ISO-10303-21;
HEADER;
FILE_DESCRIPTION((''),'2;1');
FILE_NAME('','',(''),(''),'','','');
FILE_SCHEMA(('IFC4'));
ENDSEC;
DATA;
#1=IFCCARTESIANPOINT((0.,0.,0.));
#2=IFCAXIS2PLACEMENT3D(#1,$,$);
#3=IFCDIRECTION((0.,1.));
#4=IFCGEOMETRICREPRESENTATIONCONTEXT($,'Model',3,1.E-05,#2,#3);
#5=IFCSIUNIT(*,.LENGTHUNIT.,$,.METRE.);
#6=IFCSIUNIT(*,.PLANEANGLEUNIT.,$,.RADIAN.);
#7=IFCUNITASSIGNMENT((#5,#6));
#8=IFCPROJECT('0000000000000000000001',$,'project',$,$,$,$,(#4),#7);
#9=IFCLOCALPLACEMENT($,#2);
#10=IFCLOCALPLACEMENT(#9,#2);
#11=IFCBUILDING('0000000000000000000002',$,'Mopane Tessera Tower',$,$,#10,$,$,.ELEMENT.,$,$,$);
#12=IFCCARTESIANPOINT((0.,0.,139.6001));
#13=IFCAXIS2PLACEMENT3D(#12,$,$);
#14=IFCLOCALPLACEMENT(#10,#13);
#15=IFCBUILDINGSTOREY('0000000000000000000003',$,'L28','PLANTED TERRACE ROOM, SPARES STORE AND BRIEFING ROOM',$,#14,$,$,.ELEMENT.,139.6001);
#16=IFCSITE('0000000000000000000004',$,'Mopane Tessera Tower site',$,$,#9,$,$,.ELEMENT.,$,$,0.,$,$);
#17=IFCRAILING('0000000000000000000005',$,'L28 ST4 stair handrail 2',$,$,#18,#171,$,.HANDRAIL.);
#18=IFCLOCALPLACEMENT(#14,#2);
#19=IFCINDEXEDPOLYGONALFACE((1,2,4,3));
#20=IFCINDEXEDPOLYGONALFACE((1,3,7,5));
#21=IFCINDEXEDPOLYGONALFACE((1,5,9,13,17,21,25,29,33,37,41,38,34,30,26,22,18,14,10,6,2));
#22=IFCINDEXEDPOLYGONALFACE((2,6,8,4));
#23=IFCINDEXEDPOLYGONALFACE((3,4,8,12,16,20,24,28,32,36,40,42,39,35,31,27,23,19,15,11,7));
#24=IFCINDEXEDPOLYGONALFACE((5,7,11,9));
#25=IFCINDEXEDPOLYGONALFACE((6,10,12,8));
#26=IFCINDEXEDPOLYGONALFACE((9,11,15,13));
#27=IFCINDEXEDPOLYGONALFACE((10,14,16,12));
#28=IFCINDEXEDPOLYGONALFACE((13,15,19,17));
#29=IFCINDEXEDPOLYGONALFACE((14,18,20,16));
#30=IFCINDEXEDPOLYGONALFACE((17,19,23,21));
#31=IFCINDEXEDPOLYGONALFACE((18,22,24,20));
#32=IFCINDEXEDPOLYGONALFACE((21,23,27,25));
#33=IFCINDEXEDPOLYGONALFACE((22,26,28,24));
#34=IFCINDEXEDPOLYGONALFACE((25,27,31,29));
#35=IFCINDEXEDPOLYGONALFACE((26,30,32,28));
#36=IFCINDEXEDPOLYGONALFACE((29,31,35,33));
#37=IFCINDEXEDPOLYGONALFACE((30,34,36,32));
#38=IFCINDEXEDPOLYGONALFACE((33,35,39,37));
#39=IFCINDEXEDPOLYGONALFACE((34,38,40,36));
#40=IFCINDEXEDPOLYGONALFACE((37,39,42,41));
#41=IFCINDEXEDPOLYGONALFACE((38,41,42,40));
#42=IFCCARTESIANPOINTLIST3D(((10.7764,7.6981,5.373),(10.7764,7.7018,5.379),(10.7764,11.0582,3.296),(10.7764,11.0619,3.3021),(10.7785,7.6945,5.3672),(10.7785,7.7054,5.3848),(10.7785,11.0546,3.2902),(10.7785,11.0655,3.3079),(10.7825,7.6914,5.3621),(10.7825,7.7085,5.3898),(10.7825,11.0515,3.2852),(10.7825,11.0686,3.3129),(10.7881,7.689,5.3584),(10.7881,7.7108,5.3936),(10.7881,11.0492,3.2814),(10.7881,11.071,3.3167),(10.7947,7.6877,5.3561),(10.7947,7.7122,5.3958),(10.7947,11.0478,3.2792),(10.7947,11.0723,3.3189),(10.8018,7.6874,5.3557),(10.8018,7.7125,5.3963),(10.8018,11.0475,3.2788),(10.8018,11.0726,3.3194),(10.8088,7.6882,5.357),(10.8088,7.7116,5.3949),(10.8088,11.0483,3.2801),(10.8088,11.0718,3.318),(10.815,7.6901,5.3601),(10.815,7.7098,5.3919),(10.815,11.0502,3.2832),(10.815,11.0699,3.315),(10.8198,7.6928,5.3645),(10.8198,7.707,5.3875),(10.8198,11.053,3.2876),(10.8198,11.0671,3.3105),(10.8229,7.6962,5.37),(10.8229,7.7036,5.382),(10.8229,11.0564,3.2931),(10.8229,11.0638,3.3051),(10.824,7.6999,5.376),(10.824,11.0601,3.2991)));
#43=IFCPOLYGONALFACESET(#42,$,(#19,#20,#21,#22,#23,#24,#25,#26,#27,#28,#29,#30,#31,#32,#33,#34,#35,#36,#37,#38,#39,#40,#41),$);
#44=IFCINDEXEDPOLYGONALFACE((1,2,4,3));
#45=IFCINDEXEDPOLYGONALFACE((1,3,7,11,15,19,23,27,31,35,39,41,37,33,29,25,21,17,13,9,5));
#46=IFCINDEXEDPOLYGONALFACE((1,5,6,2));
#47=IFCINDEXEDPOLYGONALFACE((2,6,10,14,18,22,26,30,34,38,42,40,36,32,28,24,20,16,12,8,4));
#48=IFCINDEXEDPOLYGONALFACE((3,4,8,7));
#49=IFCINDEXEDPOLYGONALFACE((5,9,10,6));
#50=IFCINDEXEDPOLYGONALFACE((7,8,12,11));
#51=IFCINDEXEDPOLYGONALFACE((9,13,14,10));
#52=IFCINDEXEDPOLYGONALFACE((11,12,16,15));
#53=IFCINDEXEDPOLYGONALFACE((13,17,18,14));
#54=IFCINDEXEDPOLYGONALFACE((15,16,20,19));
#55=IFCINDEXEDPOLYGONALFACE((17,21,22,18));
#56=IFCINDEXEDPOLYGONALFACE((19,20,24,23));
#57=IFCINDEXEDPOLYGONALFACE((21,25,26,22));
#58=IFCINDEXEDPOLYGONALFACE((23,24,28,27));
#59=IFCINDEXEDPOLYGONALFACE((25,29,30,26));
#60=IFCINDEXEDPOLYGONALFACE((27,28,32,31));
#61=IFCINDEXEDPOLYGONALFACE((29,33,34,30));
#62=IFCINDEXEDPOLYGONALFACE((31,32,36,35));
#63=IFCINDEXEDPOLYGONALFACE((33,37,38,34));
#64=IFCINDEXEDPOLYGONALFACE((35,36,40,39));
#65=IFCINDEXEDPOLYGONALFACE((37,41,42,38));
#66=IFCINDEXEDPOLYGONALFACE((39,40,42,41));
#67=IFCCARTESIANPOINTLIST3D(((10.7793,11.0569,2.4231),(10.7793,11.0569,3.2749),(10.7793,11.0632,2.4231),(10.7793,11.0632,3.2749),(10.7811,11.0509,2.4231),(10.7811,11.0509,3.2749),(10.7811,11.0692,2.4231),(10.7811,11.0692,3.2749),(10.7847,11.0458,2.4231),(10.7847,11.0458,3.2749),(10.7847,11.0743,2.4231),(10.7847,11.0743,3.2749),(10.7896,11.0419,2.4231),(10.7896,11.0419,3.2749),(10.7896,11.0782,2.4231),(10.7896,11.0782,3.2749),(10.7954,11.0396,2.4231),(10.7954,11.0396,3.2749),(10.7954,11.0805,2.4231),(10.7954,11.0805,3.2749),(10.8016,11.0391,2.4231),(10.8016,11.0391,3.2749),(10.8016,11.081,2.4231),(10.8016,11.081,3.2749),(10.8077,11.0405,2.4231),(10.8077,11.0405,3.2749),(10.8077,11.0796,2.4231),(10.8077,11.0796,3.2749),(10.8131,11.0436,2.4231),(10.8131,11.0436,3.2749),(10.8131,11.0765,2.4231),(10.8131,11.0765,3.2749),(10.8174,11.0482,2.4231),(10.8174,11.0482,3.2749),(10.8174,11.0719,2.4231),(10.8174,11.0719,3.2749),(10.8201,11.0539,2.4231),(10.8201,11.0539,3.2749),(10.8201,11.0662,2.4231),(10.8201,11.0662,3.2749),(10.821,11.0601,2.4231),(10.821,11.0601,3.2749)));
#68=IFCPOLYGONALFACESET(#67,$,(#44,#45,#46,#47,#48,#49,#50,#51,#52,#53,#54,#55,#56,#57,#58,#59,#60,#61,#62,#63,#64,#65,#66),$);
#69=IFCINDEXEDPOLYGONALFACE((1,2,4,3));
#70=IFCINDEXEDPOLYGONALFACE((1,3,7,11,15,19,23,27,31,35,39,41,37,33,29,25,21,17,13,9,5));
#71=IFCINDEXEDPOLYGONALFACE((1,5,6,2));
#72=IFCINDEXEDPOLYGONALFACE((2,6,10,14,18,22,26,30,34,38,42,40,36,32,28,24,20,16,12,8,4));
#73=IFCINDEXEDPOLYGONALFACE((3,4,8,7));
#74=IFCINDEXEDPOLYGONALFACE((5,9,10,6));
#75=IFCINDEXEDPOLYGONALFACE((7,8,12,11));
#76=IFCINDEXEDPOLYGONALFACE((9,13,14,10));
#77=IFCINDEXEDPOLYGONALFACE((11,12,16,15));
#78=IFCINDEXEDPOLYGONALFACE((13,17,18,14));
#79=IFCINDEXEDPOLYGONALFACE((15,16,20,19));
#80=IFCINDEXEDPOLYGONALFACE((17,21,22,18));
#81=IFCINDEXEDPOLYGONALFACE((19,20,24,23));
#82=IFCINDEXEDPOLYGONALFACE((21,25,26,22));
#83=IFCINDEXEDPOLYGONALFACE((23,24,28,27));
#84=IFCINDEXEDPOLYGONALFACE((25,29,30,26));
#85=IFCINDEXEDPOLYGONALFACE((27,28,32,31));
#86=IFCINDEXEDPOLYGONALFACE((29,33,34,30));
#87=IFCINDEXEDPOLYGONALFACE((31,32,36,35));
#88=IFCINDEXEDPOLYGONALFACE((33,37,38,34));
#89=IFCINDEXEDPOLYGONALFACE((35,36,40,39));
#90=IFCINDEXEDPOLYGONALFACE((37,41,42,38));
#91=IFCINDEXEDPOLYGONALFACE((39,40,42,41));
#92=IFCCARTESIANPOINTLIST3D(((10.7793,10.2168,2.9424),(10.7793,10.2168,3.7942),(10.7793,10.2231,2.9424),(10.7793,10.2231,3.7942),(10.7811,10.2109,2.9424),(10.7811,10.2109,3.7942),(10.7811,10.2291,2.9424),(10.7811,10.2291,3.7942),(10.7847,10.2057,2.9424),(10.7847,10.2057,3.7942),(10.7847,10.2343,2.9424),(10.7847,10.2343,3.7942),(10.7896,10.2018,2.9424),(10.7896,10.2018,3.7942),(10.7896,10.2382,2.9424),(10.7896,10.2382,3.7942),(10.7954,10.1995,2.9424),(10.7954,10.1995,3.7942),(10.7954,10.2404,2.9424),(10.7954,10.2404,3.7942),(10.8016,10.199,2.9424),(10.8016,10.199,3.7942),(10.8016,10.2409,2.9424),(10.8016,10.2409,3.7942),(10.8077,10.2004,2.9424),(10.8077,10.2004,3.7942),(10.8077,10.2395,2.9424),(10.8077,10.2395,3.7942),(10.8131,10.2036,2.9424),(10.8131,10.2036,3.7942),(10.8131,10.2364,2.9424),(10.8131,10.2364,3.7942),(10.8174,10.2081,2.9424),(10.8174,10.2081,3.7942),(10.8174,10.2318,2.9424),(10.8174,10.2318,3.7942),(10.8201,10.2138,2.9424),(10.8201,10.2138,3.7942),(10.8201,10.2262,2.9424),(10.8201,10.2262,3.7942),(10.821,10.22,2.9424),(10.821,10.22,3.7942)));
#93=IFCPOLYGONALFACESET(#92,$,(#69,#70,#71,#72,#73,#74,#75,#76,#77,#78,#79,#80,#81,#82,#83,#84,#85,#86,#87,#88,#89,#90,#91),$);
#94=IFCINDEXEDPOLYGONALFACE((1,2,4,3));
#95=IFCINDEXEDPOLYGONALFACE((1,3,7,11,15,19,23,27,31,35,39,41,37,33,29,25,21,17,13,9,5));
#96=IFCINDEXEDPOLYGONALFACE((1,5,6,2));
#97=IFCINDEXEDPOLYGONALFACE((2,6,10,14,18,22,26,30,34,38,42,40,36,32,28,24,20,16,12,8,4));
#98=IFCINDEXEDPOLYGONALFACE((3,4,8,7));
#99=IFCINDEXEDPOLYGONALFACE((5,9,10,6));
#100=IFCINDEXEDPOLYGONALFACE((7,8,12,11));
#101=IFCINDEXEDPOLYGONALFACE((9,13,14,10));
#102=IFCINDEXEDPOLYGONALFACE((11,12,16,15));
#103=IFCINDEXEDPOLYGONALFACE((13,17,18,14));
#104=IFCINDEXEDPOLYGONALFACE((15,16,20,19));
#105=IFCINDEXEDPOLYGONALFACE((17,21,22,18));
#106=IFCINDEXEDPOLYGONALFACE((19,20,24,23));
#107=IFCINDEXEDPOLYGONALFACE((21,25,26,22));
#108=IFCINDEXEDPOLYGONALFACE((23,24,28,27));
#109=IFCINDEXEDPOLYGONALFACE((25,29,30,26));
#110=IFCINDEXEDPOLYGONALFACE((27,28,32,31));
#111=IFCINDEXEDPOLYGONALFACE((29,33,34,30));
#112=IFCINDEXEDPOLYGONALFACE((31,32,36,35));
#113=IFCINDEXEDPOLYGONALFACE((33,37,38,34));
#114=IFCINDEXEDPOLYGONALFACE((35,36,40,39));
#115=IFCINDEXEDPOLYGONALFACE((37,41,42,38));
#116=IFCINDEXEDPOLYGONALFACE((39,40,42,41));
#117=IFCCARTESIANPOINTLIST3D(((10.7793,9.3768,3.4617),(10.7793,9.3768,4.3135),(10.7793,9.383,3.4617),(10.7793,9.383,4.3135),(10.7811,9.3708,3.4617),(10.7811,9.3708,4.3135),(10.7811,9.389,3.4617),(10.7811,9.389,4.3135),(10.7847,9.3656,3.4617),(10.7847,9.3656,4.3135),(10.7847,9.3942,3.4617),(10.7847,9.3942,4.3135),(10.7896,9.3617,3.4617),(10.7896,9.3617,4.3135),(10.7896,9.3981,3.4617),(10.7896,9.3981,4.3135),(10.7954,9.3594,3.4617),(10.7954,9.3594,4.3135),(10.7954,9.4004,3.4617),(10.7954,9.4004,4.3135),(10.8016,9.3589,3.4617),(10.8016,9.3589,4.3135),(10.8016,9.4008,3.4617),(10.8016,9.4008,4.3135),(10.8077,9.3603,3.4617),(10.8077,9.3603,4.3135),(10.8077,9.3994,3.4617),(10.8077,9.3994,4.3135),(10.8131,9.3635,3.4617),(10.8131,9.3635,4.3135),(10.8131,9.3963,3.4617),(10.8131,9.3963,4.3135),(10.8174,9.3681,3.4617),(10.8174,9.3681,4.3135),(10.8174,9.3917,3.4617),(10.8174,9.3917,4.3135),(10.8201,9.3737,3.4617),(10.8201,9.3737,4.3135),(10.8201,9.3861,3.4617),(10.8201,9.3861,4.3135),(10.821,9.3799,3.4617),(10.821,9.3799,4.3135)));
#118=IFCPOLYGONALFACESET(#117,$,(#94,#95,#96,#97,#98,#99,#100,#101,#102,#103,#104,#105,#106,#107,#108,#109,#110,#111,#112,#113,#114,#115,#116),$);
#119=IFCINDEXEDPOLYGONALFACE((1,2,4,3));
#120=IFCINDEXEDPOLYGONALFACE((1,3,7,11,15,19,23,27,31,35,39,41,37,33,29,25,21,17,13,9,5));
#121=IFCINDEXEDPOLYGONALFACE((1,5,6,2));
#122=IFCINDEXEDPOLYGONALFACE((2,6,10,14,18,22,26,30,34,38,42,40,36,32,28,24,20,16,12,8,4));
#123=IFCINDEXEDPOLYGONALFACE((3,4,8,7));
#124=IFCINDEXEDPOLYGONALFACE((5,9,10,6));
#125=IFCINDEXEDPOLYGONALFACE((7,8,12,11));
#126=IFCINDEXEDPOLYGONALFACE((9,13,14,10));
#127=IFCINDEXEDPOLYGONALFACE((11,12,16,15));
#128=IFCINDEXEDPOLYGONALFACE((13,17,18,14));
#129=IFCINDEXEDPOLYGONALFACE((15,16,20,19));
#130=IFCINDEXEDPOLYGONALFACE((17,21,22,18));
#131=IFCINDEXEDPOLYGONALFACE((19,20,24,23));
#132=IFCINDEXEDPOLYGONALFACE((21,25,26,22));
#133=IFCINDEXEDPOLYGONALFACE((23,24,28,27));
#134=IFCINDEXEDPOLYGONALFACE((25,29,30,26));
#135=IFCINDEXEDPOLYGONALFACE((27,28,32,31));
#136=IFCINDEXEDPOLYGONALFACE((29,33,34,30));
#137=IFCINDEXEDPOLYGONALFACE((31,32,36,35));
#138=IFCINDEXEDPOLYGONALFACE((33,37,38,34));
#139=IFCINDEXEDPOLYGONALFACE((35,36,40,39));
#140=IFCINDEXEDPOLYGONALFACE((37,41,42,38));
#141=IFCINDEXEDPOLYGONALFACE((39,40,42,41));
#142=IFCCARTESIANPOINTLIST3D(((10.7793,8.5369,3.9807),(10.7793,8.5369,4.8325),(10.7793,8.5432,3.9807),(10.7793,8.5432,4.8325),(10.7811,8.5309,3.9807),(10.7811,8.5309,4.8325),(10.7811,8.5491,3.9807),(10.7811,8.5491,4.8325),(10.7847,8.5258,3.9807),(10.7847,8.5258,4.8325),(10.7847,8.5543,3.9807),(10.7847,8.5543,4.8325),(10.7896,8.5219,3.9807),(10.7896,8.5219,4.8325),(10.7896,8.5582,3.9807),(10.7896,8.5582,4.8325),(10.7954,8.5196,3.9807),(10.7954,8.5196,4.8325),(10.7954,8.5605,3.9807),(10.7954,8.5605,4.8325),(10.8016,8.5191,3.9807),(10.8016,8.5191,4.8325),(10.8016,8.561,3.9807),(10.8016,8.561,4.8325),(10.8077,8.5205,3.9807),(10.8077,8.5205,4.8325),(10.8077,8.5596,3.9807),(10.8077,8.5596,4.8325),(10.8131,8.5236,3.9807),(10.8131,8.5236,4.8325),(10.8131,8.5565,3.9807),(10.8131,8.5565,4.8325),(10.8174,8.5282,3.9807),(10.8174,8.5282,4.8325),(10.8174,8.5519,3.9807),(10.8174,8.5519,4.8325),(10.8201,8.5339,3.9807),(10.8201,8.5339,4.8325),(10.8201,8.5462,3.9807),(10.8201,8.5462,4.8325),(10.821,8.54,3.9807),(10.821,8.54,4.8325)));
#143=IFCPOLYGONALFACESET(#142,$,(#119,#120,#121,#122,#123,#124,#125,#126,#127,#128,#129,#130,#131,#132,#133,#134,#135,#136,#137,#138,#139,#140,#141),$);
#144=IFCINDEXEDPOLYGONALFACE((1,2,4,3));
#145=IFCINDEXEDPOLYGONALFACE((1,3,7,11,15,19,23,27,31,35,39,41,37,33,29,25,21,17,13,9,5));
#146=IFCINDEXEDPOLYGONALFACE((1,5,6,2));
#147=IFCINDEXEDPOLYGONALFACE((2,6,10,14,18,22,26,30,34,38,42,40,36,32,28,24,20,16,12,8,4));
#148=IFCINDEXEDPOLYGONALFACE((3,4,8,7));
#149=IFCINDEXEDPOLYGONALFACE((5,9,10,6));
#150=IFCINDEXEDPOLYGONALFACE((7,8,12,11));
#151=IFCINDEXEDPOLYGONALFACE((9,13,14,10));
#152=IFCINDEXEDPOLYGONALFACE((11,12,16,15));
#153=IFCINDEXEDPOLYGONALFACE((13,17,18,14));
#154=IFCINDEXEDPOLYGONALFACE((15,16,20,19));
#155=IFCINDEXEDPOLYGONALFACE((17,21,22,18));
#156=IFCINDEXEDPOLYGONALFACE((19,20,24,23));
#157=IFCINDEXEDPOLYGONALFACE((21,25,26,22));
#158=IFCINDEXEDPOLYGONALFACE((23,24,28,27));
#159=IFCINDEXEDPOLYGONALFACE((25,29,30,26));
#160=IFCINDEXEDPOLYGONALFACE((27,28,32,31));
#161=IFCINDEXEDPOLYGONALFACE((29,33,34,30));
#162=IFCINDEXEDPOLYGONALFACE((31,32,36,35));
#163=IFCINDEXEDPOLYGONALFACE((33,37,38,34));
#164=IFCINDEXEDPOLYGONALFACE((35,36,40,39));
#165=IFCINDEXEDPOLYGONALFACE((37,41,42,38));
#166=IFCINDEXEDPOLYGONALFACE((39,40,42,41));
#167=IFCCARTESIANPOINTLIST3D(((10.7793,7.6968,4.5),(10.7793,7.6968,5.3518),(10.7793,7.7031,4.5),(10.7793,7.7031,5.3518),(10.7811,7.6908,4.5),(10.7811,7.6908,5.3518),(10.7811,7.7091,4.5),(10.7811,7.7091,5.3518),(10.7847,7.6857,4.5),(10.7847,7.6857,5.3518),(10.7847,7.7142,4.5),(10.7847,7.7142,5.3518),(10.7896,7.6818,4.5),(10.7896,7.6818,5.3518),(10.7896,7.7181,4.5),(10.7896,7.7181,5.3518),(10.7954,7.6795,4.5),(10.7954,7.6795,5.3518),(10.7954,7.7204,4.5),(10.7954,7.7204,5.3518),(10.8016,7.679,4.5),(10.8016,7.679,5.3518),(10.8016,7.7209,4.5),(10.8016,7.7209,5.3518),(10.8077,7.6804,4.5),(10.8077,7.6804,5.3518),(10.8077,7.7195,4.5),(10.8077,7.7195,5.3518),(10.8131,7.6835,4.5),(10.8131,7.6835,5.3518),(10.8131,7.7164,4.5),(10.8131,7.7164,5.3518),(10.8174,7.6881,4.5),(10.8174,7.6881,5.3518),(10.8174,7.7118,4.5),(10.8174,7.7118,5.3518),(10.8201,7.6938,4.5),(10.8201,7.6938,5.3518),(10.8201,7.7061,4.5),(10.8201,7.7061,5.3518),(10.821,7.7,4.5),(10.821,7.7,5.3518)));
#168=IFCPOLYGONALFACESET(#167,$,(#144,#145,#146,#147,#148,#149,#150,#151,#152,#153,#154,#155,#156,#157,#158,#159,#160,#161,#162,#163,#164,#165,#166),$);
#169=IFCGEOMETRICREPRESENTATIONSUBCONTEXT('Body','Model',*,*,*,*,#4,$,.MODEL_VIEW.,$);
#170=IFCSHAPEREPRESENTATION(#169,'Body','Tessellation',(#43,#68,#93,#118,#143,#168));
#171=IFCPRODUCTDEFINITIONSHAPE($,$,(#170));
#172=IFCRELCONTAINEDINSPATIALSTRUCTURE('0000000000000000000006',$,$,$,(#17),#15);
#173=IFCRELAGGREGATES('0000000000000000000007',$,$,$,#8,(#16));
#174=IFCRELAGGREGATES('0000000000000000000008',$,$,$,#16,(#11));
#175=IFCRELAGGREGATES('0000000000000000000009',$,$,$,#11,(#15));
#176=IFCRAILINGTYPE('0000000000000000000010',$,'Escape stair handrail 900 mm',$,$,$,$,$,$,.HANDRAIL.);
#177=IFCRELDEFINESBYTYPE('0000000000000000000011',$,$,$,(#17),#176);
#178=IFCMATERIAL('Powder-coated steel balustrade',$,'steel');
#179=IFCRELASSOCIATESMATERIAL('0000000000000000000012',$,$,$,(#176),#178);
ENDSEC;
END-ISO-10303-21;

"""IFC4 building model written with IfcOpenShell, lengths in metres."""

from ifc_helpers import new_model, si_unit, direction, frame, origin, origin_2d, place, context, subcontext, project, spatial, circle, extrude, material, type_object, element, save


model = new_model("IFC4")

# Units and contexts
model_context = context("Model", 3, precision=1e-05, world=origin(), true_north=direction((0.0, 1.0)))
body_context = subcontext(model_context, "Body", "Model", "MODEL_VIEW")
ifc_project = project(units=[si_unit("LENGTHUNIT", "METRE"), si_unit("PLANEANGLEUNIT", "RADIAN")], contexts=[model_context])

# Site, building, storey
site_placement = place(None, origin())
site = spatial("IfcSite", under=ifc_project, at=site_placement, Name="Mopane Tessera Tower site", CompositionType="ELEMENT", RefElevation=0.0)
building_placement = place(site_placement, origin())
building = spatial("IfcBuilding", under=site, at=building_placement, Name="Mopane Tessera Tower", CompositionType="ELEMENT")
storey_placement = place(building_placement, frame((0.0, 0.0, 139.6001)))
storey = spatial("IfcBuildingStorey", under=building, at=storey_placement, Name="L28", Description="PLANTED TERRACE ROOM, SPARES STORE AND BRIEFING ROOM", CompositionType="ELEMENT", Elevation=139.6001)

# Railing
ifc_material_1 = material(Name="Powder-coated steel balustrade", Category="steel")
railing_type_1 = type_object("IfcRailingType", Name="Escape stair handrail 900 mm", PredefinedType="HANDRAIL", material=ifc_material_1)
railing_1_placement = place(storey_placement, frame((10.8, 11.0601, 2.4231)))
element("IfcRailing", 1, at=railing_1_placement, inside=storey, type_object=railing_type_1, Name="L28 ST4 stair handrail 2", PredefinedType="HANDRAIL", context=body_context, shape_type="SweptSolid", body=[
    extrude(circle(Radius=0.0239, at=origin_2d()), frame((0.0, 0.0, 0.876), z_axis=(0.0, -0.850623, 0.525776), x_axis=(1.0, 0.0, 0.0)), (0.0, 0.0, 1.0), 3.9502),
    extrude(circle(Radius=0.021, at=origin_2d()), origin(), (0.0, 0.0, 1.0), 0.8518),
    extrude(circle(Radius=0.021, at=origin_2d()), frame((0.0, -0.8401, 0.5193)), (0.0, 0.0, 1.0), 0.8518),
    extrude(circle(Radius=0.021, at=origin_2d()), frame((0.0, -1.6802, 1.0386)), (0.0, 0.0, 1.0), 0.8518),
    extrude(circle(Radius=0.021, at=origin_2d()), frame((0.0, -2.52, 1.5576)), (0.0, 0.0, 1.0), 0.8518),
    extrude(circle(Radius=0.021, at=origin_2d()), frame((0.0, -3.3601, 2.0769)), (0.0, 0.0, 1.0), 0.8518),
])

save(model, "model.ifc")
